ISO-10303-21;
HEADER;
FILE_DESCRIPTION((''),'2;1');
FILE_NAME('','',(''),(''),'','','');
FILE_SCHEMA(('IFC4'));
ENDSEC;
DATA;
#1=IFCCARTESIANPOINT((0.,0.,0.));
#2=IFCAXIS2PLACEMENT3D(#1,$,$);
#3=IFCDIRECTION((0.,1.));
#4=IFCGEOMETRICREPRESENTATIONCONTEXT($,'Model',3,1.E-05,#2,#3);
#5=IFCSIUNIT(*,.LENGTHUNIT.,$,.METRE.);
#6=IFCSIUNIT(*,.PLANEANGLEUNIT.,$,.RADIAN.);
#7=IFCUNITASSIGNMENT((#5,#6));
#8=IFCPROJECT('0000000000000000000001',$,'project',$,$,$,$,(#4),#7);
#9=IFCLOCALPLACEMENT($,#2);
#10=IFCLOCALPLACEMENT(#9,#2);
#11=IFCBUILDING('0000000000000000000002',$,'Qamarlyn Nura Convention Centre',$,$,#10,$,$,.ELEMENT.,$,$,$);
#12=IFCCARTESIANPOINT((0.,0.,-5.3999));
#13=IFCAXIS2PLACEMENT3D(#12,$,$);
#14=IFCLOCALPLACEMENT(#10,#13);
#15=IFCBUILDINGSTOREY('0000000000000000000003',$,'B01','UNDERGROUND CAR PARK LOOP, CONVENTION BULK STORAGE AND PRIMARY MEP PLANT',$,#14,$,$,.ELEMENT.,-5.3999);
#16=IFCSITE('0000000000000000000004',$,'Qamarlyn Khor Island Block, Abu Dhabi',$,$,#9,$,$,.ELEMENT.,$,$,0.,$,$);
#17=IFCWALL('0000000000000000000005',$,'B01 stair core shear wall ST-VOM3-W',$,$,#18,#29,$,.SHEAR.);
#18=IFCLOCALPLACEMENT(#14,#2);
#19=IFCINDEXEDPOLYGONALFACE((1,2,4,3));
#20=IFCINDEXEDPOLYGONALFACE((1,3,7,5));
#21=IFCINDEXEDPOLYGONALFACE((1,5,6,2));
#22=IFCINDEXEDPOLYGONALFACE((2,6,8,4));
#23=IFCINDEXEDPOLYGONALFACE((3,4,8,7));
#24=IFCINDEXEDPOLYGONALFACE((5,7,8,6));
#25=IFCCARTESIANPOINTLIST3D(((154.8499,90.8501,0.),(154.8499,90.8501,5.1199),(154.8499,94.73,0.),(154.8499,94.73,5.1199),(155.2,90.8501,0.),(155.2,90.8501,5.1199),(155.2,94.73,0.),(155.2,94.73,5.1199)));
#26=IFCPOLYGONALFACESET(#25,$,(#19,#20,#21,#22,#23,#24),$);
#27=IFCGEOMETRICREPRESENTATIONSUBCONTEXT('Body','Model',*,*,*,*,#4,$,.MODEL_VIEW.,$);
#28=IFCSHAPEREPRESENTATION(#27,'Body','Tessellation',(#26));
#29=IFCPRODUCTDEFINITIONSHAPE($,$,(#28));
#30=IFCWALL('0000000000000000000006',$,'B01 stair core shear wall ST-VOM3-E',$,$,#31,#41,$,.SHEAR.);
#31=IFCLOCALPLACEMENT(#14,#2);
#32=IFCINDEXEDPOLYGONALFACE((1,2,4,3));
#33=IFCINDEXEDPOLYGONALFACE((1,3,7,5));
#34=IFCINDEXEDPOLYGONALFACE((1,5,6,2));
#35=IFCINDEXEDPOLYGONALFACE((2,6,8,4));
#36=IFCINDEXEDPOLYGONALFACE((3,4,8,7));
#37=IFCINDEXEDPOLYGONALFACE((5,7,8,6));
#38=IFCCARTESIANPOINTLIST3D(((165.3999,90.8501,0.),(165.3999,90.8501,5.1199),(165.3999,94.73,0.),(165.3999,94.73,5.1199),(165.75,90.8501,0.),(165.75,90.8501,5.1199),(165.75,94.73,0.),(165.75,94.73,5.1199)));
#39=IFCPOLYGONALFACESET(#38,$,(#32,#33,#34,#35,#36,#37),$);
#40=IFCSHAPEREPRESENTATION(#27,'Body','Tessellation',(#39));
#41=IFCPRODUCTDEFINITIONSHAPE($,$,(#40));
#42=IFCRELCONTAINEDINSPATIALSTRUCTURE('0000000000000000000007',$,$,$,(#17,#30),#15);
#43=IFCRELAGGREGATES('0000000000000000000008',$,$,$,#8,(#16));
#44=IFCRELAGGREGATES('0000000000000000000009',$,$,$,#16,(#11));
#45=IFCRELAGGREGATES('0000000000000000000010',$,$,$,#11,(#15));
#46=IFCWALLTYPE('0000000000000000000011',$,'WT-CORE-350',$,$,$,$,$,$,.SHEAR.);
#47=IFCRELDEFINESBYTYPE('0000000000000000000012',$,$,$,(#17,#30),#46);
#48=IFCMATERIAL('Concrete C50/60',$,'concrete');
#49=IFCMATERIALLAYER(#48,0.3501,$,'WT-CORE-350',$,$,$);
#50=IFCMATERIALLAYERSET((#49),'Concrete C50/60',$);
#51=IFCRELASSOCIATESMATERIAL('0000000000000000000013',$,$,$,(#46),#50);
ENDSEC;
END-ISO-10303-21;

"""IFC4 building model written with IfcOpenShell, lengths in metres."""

from ifc_helpers import new_model, si_unit, direction, frame, frame_2d, origin, place, context, subcontext, project, spatial, rectangle, extrude, material, layer, layer_set, type_object, element, save


model = new_model("IFC4")

# Units and contexts
model_context = context("Model", 3, precision=1e-05, world=origin(), true_north=direction((0.0, 1.0)))
body_context = subcontext(model_context, "Body", "Model", "MODEL_VIEW")
ifc_project = project(units=[si_unit("LENGTHUNIT", "METRE"), si_unit("PLANEANGLEUNIT", "RADIAN")], contexts=[model_context])

# Site, building, storey
site_placement = place(None, origin())
site = spatial("IfcSite", under=ifc_project, at=site_placement, Name="Qamarlyn Khor Island Block, Abu Dhabi", CompositionType="ELEMENT", RefElevation=0.0)
building_placement = place(site_placement, origin())
building = spatial("IfcBuilding", under=site, at=building_placement, Name="Qamarlyn Nura Convention Centre", CompositionType="ELEMENT")
storey_placement = place(building_placement, frame((0.0, 0.0, -5.3999)))
storey = spatial("IfcBuildingStorey", under=building, at=storey_placement, Name="B01", Description="UNDERGROUND CAR PARK LOOP, CONVENTION BULK STORAGE AND PRIMARY MEP PLANT", CompositionType="ELEMENT", Elevation=-5.3999)

# Walls
ifc_material_1 = material(Name="Concrete C50/60", Category="concrete")
ifc_layer = layer(ifc_material_1, 0.3501, Name="WT-CORE-350")
ifc_layer_set = layer_set([ifc_layer], Name="Concrete C50/60")
wall_type = type_object("IfcWallType", Name="WT-CORE-350", PredefinedType="SHEAR", material=ifc_layer_set)
for number, where, z_axis, x_axis, name in (
    (1, (155.0249, 94.73, 0.0), (0.0, 0.0, 1.0), (0.0, -1.0, 0.0), "B01 stair core shear wall ST-VOM3-W"),
    (2, (165.575, 90.8501, 0.0), (0.0, 0.0, 1.0), (0.0, 1.0, 0.0), "B01 stair core shear wall ST-VOM3-E"),
):
    element("IfcWall", number, at=place(storey_placement, frame(where, z_axis=z_axis, x_axis=x_axis)), inside=storey, type_object=wall_type, Name=name, PredefinedType="SHEAR", context=body_context, shape_type="SweptSolid", body=[
        extrude(rectangle(XDim=3.8799, YDim=0.3501, at=frame_2d((1.9399, 0.0))), origin(), (0.0, 0.0, 1.0), 5.1199),
    ])

save(model, "model.ifc")
